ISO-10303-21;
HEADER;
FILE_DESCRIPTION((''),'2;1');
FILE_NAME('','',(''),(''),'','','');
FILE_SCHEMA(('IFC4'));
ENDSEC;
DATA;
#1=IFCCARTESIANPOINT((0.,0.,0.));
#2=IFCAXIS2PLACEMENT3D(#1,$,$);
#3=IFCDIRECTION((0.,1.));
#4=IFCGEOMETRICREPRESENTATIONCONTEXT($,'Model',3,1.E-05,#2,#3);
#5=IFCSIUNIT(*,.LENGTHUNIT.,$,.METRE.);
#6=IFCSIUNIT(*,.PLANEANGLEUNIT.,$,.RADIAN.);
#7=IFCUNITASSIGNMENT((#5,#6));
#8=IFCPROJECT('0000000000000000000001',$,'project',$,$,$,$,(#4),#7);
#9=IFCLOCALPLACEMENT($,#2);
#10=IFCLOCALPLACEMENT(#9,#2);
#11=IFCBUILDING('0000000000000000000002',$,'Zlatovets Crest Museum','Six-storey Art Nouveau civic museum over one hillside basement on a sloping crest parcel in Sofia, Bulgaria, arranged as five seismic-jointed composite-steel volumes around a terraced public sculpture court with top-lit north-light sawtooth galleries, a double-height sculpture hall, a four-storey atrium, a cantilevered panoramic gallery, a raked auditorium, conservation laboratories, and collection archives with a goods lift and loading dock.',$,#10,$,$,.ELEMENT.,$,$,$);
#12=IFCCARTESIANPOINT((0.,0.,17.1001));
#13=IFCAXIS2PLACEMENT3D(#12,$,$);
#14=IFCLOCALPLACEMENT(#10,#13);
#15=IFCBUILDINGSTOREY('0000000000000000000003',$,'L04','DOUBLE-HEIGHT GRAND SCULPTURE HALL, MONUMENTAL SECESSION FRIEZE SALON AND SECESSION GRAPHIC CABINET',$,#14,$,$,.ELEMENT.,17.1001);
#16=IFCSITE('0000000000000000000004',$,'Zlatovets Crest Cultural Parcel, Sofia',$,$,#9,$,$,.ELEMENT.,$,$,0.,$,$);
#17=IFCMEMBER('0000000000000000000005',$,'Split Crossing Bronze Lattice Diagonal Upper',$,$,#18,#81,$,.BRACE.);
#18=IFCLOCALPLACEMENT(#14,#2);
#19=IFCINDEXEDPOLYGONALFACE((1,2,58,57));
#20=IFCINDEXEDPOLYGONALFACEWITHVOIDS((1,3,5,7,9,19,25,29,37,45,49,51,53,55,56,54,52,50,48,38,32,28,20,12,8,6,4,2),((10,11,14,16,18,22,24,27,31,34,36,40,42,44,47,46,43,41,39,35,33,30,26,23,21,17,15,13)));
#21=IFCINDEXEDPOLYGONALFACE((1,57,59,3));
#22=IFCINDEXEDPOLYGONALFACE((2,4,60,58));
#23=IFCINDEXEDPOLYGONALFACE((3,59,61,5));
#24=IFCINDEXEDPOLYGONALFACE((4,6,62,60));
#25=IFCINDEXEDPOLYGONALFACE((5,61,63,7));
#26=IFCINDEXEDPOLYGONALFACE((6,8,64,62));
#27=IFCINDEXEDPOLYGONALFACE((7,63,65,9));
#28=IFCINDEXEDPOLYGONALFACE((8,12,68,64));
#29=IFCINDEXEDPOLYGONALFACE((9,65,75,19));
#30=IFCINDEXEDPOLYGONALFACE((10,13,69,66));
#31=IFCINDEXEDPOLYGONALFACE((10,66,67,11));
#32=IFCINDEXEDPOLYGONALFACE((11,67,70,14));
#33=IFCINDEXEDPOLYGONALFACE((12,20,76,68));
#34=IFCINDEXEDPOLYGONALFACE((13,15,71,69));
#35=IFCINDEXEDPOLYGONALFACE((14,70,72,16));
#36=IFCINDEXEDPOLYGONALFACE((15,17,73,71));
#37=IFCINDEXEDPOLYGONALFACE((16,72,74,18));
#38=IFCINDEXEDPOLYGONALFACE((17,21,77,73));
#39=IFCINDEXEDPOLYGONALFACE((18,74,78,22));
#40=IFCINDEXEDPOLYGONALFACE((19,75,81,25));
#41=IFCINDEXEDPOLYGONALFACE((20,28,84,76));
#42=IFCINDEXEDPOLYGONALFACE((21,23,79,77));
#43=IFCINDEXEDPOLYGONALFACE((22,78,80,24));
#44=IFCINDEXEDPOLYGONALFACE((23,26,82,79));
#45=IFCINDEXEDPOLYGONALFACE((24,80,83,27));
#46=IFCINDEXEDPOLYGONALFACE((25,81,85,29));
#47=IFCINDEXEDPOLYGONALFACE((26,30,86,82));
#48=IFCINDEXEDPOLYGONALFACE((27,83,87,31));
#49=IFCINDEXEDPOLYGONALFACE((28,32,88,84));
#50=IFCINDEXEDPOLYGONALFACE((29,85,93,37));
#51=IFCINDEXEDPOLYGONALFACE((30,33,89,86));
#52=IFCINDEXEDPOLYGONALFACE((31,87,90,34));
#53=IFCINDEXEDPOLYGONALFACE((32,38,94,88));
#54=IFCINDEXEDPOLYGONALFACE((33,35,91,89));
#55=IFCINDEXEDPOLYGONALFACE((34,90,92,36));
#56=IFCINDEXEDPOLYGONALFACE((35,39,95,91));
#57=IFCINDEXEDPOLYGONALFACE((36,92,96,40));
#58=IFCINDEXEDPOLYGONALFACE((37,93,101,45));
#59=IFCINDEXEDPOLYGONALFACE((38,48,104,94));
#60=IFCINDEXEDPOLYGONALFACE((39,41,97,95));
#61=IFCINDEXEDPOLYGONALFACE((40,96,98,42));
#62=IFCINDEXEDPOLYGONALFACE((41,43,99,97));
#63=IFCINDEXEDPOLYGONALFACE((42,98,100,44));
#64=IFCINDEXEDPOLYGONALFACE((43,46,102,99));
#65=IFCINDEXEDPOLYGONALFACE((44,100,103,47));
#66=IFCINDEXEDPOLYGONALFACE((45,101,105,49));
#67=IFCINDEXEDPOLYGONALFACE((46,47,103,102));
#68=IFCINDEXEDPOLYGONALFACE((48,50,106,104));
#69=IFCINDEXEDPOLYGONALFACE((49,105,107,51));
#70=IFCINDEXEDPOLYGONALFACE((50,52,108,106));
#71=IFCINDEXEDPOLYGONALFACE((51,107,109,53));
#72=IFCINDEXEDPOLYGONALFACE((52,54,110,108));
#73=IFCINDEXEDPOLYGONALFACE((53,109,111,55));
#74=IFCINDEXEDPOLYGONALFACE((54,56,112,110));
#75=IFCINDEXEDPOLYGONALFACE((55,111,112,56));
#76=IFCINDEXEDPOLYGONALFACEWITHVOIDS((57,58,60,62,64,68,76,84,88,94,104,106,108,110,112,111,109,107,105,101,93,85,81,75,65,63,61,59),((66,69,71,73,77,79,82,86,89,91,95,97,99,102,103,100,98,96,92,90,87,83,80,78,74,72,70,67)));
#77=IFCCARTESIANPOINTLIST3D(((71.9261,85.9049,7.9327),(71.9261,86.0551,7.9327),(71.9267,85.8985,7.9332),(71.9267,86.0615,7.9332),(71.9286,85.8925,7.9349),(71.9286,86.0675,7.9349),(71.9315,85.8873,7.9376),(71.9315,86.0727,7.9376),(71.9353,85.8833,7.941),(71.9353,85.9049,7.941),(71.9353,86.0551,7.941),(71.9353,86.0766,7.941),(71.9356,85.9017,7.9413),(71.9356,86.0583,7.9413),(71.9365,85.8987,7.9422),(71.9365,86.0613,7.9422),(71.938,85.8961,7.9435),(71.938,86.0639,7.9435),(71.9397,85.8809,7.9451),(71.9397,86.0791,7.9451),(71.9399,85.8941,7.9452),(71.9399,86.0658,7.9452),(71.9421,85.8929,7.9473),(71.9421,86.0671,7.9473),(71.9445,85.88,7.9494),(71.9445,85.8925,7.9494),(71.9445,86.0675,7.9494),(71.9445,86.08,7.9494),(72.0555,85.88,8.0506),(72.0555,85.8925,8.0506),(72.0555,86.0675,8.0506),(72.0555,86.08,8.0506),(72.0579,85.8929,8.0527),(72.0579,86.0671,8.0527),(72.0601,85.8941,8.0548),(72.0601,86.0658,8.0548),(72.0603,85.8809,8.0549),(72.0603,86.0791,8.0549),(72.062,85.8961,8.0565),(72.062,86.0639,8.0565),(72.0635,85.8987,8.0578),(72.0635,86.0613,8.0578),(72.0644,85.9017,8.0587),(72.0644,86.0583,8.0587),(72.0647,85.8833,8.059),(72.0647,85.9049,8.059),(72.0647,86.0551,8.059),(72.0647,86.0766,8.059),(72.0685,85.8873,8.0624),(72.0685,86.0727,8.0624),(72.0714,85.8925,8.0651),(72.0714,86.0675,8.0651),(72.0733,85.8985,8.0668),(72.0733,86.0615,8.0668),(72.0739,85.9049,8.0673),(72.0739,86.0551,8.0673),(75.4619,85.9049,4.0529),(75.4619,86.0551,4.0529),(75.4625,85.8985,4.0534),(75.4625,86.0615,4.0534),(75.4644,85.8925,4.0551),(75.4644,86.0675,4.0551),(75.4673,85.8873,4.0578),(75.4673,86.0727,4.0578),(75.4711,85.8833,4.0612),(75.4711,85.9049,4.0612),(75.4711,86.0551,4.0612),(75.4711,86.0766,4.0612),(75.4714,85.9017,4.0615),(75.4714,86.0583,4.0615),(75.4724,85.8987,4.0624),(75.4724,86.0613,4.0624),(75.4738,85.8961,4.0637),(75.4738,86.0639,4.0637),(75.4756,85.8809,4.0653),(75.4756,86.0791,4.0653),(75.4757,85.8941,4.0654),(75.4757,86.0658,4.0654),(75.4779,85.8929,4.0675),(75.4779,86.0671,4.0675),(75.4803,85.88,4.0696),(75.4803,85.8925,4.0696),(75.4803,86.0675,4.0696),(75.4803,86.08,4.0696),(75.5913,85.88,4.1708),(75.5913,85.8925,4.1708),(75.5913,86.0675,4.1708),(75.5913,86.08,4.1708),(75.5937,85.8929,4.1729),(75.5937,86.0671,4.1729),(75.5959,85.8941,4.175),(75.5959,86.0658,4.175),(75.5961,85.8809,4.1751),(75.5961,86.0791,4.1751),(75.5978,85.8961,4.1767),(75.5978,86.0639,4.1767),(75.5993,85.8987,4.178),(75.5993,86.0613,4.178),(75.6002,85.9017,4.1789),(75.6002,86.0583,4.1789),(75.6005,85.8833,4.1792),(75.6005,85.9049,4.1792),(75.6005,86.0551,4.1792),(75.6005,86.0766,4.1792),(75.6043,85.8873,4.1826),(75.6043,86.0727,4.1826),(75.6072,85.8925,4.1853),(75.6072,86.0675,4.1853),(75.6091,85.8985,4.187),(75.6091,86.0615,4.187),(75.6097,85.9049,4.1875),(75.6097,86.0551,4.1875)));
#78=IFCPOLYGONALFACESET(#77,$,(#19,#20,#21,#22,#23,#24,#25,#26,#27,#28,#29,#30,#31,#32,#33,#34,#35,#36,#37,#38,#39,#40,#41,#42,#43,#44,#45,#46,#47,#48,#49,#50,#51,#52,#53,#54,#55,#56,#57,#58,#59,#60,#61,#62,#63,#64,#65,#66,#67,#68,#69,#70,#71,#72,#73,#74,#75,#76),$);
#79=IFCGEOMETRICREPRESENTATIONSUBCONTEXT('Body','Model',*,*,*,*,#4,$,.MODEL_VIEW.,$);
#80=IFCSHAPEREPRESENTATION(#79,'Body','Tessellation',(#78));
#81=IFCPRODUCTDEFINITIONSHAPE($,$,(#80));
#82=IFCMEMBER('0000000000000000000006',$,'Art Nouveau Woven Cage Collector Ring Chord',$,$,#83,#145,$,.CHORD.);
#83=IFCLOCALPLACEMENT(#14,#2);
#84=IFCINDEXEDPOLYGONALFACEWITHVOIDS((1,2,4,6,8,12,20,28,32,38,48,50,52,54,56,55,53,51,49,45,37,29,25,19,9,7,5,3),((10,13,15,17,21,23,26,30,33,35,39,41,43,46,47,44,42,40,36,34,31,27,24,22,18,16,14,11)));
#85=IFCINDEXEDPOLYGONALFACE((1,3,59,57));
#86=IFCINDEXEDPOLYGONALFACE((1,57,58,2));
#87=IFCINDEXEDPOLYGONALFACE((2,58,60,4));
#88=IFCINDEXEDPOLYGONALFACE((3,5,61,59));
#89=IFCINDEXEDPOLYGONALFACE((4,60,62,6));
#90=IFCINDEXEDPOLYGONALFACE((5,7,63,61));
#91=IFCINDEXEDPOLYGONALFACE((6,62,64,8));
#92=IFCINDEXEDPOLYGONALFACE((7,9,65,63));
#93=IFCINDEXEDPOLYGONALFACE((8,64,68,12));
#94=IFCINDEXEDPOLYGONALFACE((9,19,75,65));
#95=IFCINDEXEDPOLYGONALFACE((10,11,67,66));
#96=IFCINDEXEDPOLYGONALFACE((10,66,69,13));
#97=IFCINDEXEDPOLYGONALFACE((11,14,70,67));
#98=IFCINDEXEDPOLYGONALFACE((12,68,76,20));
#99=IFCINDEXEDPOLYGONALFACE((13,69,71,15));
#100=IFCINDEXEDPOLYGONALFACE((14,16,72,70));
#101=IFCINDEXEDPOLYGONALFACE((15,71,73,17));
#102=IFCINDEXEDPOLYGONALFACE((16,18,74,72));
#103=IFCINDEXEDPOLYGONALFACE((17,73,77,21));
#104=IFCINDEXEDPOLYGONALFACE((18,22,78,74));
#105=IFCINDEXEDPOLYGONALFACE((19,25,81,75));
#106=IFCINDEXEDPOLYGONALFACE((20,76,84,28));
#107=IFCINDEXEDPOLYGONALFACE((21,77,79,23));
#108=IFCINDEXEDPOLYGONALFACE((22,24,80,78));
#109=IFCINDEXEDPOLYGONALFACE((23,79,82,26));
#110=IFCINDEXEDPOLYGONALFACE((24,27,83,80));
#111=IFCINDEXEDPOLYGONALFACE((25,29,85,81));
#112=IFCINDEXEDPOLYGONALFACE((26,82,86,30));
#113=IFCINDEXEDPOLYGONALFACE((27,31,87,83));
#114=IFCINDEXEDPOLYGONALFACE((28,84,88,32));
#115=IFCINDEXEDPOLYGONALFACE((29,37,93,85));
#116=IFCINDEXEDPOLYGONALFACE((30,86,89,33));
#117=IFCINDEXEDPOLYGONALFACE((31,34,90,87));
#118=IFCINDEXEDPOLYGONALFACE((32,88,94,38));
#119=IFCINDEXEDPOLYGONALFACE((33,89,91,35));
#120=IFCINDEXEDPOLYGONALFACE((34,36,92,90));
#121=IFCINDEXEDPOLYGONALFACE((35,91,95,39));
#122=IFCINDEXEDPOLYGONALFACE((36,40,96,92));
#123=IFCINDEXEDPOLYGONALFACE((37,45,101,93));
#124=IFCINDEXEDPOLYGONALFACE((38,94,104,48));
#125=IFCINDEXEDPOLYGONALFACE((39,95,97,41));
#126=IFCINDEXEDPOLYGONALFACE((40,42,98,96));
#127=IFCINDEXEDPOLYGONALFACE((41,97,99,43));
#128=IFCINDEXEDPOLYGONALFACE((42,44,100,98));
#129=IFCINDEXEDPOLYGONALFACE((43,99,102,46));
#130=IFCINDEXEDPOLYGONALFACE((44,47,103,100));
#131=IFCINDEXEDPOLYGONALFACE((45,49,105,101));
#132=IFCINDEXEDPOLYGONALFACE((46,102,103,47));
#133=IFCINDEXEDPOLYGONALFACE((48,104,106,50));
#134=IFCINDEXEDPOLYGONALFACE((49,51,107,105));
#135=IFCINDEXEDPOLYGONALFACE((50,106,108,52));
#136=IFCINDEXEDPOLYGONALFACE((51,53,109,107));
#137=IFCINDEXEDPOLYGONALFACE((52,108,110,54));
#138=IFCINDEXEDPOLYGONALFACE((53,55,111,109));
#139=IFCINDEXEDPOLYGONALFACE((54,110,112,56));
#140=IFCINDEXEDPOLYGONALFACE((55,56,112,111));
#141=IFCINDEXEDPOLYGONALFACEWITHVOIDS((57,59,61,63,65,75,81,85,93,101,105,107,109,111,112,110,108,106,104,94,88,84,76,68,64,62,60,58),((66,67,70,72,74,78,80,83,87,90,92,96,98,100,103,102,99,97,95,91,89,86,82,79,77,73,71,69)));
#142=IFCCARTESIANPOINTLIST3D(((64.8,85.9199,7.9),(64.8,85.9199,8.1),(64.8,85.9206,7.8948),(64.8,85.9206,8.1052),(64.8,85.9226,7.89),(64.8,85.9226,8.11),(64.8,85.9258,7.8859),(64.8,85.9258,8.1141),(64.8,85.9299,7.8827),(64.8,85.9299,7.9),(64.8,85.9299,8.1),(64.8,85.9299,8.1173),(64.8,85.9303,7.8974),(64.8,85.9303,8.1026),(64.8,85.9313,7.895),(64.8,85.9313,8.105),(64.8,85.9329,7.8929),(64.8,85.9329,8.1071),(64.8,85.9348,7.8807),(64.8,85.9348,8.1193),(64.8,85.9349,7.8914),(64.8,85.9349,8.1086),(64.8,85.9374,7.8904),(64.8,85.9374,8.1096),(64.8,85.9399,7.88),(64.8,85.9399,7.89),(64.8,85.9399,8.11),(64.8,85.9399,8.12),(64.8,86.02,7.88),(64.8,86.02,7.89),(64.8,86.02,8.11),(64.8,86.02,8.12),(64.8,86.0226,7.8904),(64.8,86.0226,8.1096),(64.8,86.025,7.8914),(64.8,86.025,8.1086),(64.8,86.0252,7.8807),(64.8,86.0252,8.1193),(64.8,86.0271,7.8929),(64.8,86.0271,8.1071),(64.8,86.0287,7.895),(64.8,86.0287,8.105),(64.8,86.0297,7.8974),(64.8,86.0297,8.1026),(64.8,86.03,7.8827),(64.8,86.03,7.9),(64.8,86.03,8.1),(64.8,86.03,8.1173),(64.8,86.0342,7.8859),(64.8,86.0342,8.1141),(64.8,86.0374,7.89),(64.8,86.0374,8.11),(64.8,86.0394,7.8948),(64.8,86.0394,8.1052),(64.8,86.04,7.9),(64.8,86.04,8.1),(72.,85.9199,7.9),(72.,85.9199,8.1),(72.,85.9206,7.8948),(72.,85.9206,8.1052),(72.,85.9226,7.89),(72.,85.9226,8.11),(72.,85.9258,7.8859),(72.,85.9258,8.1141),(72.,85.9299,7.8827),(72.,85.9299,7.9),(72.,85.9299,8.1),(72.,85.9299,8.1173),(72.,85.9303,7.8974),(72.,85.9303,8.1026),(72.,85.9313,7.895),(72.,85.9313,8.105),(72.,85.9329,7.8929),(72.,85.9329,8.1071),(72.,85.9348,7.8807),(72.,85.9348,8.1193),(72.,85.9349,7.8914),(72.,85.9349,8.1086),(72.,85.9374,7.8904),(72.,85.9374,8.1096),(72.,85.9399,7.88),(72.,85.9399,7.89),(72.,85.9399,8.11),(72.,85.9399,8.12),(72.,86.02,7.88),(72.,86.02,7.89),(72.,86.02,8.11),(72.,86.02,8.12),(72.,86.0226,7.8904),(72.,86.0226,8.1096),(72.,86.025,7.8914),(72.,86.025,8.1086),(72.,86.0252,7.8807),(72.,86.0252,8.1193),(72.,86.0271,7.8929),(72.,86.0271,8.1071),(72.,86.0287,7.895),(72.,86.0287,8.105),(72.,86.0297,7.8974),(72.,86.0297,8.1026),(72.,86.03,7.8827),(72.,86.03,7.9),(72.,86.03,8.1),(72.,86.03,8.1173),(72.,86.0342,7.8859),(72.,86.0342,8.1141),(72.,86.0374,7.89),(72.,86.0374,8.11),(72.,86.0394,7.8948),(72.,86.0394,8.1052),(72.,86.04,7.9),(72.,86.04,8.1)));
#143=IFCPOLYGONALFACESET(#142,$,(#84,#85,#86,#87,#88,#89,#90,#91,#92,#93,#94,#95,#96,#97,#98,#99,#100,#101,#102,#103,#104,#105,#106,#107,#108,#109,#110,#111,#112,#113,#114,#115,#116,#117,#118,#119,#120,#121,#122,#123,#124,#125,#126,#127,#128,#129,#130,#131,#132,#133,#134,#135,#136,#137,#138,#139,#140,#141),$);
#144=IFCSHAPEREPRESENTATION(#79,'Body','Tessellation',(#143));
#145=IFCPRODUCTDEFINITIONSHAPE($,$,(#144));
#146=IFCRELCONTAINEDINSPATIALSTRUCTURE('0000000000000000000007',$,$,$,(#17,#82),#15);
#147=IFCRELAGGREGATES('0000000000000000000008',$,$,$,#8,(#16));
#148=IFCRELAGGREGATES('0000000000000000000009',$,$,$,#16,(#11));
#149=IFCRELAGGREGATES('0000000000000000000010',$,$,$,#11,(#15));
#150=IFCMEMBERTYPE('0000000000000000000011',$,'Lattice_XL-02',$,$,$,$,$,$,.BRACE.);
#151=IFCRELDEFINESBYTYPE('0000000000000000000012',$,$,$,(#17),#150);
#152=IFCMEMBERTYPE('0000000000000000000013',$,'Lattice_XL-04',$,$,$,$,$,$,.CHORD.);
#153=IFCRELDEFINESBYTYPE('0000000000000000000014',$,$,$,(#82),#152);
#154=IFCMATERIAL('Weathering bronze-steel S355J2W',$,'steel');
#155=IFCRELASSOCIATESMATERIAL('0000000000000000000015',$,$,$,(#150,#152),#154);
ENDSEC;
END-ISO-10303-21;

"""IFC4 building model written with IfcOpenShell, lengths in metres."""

from ifc_helpers import new_model, si_unit, direction, frame, origin, origin_2d, place, context, subcontext, project, spatial, hollow_rectangle, extrude, material, material_profile, profile_set, type_object, element, save


model = new_model("IFC4")

# Units and contexts
model_context = context("Model", 3, precision=1e-05, world=origin(), true_north=direction((0.0, 1.0)))
body_context = subcontext(model_context, "Body", "Model", "MODEL_VIEW")
ifc_project = project(units=[si_unit("LENGTHUNIT", "METRE"), si_unit("PLANEANGLEUNIT", "RADIAN")], contexts=[model_context])

# Site, building, storey
site_placement = place(None, origin())
site = spatial("IfcSite", under=ifc_project, at=site_placement, Name="Zlatovets Crest Cultural Parcel, Sofia", CompositionType="ELEMENT", RefElevation=0.0)
building_placement = place(site_placement, origin())
building = spatial("IfcBuilding", under=site, at=building_placement, Name="Zlatovets Crest Museum", Description="Six-storey Art Nouveau civic museum over one hillside basement on a sloping crest parcel in Sofia, Bulgaria, arranged as five seismic-jointed composite-steel volumes around a terraced public sculpture court with top-lit north-light sawtooth galleries, a double-height sculpture hall, a four-storey atrium, a cantilevered panoramic gallery, a raked auditorium, conservation laboratories, and collection archives with a goods lift and loading dock.", CompositionType="ELEMENT")
storey_placement = place(building_placement, frame((0.0, 0.0, 17.1001)))
storey = spatial("IfcBuildingStorey", under=building, at=storey_placement, Name="L04", Description="DOUBLE-HEIGHT GRAND SCULPTURE HALL, MONUMENTAL SECESSION FRIEZE SALON AND SECESSION GRAPHIC CABINET", CompositionType="ELEMENT", Elevation=17.1001)

# Members
ifc_material_1 = material(Name="Weathering bronze-steel S355J2W", Category="steel")
ifc_material_profile_1 = material_profile(ifc_material_1, hollow_rectangle(XDim=0.2, YDim=0.2, WallThickness=0.0125, InnerFilletRadius=0.0125, OuterFilletRadius=0.0249, at=origin_2d()), Name="SHS 200x200x12.5")
ifc_profile_set_1 = profile_set([ifc_material_profile_1], Name="Weathering bronze-steel S355J2W")
member_type_1 = type_object("IfcMemberType", Name="Lattice_XL-02", PredefinedType="BRACE", material=ifc_profile_set_1)
member_1_placement = place(storey_placement, frame((72.0, 85.98, 8.0), z_axis=(0.673582, 0.0, -0.739112), x_axis=(0.0, 1.0, 0.0)))
element("IfcMember", 1, at=member_1_placement, inside=storey, type_object=member_type_1, Name="Split Crossing Bronze Lattice Diagonal Upper", PredefinedType="BRACE", context=body_context, shape_type="SweptSolid", body=[
    extrude(hollow_rectangle(XDim=0.2, YDim=0.2, WallThickness=0.0125, InnerFilletRadius=0.0125, OuterFilletRadius=0.0249, at=origin_2d()), origin(), (0.0, 0.0, 1.0), 5.2493),
])
ifc_material_profile_2 = material_profile(ifc_material_1, hollow_rectangle(XDim=0.1201, YDim=0.24, WallThickness=0.01, InnerFilletRadius=0.01, OuterFilletRadius=0.02, at=origin_2d()), Name="RHS 120x240x10.0")
ifc_profile_set_2 = profile_set([ifc_material_profile_2], Name="Weathering bronze-steel S355J2W")
member_type_2 = type_object("IfcMemberType", Name="Lattice_XL-04", PredefinedType="CHORD", material=ifc_profile_set_2)
for number, where, z_axis, x_axis, name in (
    (2, (64.8, 85.98, 8.0), (1.0, 0.0, 0.0), (0.0, 1.0, 0.0), "Art Nouveau Woven Cage Collector Ring Chord"),
):
    element("IfcMember", number, at=place(storey_placement, frame(where, z_axis=z_axis, x_axis=x_axis)), inside=storey, type_object=member_type_2, Name=name, PredefinedType="CHORD", context=body_context, shape_type="SweptSolid", body=[
        extrude(hollow_rectangle(XDim=0.1201, YDim=0.24, WallThickness=0.01, InnerFilletRadius=0.01, OuterFilletRadius=0.02, at=origin_2d()), origin(), (0.0, 0.0, 1.0), 7.2),
    ])

save(model, "model.ifc")
